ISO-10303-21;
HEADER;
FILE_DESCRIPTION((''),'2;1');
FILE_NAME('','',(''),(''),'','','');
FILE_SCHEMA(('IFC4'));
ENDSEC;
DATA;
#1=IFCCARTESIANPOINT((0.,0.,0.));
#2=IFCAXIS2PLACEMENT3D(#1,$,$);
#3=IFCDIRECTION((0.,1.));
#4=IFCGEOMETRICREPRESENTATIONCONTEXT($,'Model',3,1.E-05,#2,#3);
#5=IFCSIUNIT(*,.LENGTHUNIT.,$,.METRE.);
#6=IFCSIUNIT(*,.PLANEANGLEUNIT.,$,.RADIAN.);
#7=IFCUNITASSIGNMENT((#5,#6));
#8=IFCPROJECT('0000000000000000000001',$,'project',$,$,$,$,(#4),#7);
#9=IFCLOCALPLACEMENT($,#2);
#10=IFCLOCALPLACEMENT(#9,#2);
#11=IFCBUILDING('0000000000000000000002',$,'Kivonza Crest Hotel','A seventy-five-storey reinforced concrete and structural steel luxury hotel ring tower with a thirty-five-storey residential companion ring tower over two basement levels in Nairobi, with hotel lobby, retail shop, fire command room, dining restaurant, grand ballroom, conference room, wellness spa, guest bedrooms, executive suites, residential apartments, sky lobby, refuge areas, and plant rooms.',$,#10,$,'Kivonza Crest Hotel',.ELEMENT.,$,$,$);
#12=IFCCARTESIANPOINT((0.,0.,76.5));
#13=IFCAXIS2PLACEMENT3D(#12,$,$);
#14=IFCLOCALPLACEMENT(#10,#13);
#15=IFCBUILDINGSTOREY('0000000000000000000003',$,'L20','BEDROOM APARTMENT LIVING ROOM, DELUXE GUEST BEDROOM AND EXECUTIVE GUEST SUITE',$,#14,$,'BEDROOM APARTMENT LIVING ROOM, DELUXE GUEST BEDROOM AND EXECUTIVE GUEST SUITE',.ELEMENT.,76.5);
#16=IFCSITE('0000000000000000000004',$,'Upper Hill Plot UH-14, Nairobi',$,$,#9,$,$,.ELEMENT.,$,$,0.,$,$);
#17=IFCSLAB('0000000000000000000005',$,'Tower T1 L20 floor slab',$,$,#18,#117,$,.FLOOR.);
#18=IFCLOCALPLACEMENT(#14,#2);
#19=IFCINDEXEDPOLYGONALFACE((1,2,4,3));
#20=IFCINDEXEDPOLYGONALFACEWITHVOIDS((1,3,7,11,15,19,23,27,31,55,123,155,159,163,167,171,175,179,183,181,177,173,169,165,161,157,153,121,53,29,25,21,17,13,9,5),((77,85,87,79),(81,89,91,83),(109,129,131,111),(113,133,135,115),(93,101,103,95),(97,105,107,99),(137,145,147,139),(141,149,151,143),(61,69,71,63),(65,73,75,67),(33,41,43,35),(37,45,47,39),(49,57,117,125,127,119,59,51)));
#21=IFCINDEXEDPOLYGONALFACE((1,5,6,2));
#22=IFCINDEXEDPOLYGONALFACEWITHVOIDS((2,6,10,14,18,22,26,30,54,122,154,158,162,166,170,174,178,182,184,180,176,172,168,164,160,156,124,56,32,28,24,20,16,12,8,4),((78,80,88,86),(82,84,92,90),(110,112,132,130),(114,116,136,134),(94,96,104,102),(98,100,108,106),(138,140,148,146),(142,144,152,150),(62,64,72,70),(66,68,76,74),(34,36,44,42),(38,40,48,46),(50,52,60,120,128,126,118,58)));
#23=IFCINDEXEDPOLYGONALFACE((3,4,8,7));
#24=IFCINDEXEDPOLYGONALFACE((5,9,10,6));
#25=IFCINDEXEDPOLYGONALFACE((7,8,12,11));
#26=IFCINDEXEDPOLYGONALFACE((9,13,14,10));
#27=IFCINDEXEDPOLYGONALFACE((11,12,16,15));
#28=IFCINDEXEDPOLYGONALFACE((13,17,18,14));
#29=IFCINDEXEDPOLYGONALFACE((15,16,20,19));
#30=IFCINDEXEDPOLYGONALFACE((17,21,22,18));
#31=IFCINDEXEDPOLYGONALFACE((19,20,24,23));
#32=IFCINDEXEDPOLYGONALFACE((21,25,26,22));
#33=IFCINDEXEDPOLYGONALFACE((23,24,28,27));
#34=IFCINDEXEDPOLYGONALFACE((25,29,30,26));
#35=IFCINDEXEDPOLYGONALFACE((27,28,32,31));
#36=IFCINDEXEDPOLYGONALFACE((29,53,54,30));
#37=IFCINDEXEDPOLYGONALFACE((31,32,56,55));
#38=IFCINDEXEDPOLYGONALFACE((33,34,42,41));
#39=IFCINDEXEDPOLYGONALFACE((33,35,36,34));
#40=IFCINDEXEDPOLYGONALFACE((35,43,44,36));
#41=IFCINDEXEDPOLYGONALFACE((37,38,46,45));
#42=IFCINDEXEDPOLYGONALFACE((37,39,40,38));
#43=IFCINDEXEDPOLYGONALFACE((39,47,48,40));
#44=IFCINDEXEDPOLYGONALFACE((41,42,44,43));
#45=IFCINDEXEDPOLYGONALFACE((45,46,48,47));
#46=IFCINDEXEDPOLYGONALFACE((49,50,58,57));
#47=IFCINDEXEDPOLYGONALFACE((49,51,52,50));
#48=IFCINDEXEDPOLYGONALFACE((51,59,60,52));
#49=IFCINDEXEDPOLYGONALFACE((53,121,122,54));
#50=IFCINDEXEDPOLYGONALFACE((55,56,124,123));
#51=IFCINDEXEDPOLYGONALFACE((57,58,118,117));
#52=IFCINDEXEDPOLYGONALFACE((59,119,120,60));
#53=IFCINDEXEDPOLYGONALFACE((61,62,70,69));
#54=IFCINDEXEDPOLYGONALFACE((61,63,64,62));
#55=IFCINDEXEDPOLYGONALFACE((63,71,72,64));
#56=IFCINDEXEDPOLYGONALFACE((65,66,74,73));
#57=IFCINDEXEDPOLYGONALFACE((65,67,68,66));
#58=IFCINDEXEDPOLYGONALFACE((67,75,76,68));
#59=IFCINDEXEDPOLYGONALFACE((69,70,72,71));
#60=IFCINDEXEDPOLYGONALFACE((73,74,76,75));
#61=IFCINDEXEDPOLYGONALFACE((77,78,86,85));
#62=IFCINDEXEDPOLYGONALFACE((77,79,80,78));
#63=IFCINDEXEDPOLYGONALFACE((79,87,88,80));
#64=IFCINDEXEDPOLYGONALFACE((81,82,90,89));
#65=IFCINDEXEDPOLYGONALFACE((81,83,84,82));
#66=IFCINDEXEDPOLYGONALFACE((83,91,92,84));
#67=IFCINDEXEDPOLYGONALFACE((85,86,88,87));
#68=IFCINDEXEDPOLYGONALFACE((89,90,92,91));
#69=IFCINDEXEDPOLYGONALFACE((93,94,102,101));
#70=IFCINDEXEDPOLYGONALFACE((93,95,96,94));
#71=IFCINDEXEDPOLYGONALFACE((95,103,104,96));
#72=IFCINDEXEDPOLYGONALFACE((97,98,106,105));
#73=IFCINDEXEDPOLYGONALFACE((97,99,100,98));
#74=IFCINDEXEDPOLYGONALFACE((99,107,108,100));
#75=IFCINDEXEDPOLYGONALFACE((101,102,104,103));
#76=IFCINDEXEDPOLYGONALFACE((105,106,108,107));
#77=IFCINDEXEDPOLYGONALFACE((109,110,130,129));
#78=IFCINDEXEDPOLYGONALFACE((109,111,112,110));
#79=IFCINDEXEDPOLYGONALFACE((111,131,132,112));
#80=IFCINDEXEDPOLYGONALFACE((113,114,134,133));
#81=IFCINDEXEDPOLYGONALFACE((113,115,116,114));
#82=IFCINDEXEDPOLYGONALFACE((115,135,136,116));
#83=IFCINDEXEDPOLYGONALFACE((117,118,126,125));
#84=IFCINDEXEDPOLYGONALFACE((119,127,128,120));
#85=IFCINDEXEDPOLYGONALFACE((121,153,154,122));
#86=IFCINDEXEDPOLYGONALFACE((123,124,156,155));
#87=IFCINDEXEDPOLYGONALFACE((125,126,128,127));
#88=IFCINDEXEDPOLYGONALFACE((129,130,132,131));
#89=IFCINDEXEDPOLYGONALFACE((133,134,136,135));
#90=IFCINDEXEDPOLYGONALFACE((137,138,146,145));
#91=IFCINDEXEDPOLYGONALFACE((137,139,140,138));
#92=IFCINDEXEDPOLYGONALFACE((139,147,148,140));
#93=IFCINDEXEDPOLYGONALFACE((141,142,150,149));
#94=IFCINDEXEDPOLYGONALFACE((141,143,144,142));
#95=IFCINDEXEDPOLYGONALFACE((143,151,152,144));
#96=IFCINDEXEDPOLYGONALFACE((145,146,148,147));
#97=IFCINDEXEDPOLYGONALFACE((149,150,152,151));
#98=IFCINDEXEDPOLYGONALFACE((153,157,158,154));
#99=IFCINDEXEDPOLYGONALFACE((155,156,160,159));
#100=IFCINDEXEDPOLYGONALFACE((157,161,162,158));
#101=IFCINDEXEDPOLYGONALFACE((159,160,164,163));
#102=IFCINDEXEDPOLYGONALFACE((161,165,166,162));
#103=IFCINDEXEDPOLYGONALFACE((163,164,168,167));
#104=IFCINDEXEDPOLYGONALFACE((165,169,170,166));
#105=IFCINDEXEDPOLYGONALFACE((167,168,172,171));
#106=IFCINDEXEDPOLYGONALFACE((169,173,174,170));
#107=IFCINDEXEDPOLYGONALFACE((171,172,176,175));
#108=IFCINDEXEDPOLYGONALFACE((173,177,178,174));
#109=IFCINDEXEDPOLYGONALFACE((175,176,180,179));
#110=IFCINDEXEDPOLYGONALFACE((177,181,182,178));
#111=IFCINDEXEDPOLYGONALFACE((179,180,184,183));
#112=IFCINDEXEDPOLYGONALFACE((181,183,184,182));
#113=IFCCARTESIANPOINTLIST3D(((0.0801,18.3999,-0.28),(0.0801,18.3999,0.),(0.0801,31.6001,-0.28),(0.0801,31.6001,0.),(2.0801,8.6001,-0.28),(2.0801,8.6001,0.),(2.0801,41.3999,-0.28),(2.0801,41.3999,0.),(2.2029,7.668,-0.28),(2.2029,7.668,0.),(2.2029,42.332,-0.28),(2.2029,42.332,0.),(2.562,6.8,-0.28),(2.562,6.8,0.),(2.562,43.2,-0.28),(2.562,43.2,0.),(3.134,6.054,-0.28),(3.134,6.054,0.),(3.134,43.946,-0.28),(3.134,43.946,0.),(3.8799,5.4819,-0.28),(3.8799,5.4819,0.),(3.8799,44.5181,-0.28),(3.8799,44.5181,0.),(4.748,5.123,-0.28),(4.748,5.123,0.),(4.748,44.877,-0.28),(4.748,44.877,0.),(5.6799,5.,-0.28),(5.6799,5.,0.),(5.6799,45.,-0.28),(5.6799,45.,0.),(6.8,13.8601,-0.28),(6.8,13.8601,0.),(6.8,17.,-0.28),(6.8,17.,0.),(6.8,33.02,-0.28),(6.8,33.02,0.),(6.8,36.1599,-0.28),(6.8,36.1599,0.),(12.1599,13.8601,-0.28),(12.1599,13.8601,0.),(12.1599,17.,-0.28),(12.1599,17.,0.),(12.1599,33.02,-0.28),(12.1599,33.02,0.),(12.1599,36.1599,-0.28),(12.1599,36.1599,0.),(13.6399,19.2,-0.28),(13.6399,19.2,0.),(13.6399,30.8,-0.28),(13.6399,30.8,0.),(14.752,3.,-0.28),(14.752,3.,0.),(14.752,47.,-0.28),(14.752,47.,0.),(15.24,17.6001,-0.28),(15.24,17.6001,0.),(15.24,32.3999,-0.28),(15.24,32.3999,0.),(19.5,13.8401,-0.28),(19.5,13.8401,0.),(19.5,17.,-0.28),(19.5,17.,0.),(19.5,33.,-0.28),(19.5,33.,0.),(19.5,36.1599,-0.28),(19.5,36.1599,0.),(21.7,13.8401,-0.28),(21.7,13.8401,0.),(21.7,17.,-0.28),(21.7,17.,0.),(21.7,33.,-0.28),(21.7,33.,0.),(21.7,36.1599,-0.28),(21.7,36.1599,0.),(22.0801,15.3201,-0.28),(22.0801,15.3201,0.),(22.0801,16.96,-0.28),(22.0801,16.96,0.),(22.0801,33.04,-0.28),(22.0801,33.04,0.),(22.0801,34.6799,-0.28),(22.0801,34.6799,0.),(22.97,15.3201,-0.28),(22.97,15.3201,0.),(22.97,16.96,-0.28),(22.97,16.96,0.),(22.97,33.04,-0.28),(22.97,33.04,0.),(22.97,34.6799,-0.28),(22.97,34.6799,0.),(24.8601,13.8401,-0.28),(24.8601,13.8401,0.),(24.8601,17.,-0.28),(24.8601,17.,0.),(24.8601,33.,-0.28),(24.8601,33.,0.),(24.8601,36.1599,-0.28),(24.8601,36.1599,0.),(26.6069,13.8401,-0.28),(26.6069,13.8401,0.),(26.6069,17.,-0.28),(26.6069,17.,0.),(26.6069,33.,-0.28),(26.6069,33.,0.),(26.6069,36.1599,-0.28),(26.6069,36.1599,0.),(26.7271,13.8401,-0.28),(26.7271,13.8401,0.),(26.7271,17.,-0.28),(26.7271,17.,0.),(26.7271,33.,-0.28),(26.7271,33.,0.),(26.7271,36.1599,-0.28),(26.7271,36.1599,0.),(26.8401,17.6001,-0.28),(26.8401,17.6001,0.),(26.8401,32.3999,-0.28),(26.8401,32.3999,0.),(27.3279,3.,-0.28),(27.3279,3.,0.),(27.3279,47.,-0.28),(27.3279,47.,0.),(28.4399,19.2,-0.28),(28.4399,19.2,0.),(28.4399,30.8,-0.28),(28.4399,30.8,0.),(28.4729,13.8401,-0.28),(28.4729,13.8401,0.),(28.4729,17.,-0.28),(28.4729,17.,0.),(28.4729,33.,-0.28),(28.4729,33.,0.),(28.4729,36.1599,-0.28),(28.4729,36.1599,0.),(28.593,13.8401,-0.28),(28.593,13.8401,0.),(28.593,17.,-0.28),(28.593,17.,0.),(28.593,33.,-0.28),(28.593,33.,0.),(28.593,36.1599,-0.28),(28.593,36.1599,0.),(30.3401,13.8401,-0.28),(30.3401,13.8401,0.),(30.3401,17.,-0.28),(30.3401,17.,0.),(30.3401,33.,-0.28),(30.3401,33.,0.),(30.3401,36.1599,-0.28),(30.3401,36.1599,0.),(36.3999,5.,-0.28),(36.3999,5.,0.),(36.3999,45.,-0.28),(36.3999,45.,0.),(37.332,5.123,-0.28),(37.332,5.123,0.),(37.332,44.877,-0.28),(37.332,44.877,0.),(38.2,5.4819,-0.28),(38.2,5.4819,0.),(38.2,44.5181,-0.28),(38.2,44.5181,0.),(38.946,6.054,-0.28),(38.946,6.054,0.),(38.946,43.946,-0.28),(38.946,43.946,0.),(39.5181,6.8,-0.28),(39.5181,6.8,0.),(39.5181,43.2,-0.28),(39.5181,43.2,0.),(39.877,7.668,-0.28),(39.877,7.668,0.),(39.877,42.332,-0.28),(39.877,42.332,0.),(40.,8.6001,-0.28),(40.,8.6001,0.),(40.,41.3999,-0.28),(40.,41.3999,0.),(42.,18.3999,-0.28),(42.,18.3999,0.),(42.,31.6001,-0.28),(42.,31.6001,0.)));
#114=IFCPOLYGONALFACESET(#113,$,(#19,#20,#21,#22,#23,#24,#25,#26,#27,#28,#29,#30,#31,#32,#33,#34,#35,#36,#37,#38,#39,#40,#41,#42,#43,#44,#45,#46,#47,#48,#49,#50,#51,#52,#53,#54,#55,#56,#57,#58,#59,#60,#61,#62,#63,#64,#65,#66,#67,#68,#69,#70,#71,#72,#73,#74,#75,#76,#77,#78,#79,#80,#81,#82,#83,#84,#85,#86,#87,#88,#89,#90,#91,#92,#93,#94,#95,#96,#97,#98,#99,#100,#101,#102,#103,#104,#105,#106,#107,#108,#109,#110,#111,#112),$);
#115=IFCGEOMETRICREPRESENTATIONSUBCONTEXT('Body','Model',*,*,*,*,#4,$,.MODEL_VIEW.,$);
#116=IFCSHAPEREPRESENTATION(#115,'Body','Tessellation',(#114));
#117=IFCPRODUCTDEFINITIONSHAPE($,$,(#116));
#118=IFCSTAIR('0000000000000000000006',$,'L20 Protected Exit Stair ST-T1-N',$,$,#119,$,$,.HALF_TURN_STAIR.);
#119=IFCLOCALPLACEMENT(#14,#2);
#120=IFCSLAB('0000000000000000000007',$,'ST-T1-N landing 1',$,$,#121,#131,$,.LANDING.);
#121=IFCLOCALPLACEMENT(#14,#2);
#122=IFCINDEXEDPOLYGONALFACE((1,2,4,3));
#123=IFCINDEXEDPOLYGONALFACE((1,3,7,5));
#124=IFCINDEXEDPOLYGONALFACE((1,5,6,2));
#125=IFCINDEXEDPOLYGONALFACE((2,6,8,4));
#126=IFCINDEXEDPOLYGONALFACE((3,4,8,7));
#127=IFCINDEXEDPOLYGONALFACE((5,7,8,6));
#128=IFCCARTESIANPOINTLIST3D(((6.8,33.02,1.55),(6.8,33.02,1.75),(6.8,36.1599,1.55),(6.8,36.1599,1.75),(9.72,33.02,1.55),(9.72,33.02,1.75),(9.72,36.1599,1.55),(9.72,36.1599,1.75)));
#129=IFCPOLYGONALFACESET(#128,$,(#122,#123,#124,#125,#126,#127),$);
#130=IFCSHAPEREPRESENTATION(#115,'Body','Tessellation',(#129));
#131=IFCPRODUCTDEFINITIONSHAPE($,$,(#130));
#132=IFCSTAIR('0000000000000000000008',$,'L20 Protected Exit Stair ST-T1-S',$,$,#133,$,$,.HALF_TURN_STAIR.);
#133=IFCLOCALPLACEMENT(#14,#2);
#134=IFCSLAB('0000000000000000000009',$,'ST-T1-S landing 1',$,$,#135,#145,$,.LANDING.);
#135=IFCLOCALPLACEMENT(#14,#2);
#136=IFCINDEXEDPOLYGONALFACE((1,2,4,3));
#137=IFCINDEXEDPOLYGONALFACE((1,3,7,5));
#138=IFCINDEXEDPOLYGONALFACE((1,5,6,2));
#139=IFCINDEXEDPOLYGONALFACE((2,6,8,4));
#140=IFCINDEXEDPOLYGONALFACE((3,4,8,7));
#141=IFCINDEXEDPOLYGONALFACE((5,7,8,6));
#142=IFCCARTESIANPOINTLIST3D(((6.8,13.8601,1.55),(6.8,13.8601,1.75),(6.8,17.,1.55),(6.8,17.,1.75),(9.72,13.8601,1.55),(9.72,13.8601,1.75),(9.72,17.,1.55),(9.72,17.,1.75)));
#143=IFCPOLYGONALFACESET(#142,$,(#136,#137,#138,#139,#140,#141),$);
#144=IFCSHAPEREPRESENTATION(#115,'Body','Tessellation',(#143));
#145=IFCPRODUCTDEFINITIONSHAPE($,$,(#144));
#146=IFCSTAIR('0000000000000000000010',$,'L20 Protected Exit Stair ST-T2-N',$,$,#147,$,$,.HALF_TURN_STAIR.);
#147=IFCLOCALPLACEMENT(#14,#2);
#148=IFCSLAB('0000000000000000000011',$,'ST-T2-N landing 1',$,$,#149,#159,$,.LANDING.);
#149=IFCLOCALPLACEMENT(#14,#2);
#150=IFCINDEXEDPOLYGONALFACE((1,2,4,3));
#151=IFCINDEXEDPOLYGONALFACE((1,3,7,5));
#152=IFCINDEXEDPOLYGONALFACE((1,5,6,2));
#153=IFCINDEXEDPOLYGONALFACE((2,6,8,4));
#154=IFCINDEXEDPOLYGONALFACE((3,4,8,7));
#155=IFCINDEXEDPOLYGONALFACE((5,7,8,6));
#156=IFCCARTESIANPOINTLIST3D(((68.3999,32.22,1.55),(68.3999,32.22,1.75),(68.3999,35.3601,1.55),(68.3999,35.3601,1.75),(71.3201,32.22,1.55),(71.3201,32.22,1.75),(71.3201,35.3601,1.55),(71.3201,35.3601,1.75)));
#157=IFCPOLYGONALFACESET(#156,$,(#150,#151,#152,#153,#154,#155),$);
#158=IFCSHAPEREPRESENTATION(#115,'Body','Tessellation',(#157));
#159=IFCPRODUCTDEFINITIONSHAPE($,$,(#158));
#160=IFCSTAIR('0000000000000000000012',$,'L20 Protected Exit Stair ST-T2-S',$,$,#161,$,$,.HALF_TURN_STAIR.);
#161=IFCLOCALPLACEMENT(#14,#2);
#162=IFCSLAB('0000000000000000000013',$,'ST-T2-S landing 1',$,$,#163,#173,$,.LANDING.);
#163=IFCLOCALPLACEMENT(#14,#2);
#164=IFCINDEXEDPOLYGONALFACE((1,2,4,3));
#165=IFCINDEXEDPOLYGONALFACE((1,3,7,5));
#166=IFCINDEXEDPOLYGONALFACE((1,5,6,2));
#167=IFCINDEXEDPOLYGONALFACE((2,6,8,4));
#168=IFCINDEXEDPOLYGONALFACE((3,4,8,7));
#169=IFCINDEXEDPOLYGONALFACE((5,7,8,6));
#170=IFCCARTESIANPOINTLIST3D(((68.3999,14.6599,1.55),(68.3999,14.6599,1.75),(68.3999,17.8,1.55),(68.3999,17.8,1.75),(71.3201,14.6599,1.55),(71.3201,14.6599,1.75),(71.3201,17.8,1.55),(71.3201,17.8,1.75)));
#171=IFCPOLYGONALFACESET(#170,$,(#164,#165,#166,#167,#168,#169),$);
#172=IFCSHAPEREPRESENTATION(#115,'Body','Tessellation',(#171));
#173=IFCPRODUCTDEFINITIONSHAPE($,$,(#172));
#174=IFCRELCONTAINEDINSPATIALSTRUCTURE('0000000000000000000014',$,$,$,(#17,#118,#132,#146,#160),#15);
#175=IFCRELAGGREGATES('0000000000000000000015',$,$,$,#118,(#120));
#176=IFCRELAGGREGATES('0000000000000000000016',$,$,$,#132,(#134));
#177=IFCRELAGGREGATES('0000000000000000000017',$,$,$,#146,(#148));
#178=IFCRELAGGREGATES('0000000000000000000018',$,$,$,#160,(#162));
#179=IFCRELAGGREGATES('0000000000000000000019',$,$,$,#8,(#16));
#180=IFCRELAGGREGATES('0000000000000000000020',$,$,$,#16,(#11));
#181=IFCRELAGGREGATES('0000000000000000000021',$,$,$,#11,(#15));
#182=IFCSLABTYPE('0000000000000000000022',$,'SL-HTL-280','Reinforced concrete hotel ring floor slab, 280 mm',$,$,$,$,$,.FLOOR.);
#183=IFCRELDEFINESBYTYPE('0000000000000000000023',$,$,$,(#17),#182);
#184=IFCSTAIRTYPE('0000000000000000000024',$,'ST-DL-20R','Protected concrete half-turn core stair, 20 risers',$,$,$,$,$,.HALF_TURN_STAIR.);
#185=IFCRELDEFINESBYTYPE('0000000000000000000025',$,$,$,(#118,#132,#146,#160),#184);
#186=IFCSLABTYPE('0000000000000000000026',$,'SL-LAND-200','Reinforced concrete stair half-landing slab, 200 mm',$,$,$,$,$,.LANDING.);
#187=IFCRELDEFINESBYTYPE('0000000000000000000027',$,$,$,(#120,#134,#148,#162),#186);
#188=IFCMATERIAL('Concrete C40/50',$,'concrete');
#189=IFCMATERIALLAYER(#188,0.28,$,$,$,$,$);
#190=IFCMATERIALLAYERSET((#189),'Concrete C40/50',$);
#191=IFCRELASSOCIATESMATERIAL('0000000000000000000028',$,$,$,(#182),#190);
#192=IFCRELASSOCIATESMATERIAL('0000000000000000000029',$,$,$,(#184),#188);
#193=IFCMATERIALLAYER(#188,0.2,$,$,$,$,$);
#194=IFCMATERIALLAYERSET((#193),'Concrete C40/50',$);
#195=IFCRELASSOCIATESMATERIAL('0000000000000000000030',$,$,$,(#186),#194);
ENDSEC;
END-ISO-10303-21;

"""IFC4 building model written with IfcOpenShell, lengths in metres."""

from ifc_helpers import new_model, si_unit, direction, frame, origin, place, context, subcontext, project, spatial, polyline, outline, extrude, material, layer, layer_set, type_object, element, aggregate, save


model = new_model("IFC4")

# Units and contexts
model_context = context("Model", 3, precision=1e-05, world=origin(), true_north=direction((0.0, 1.0)))
body_context = subcontext(model_context, "Body", "Model", "MODEL_VIEW")
ifc_project = project(units=[si_unit("LENGTHUNIT", "METRE"), si_unit("PLANEANGLEUNIT", "RADIAN")], contexts=[model_context])

# Site, building, storey
site_placement = place(None, origin())
site = spatial("IfcSite", under=ifc_project, at=site_placement, Name="Upper Hill Plot UH-14, Nairobi", CompositionType="ELEMENT", RefElevation=0.0)
building_placement = place(site_placement, origin())
building = spatial("IfcBuilding", under=site, at=building_placement, Name="Kivonza Crest Hotel", Description="A seventy-five-storey reinforced concrete and structural steel luxury hotel ring tower with a thirty-five-storey residential companion ring tower over two basement levels in Nairobi, with hotel lobby, retail shop, fire command room, dining restaurant, grand ballroom, conference room, wellness spa, guest bedrooms, executive suites, residential apartments, sky lobby, refuge areas, and plant rooms.", LongName="Kivonza Crest Hotel", CompositionType="ELEMENT")
storey_placement = place(building_placement, frame((0.0, 0.0, 76.5)))
storey = spatial("IfcBuildingStorey", under=building, at=storey_placement, Name="L20", Description="BEDROOM APARTMENT LIVING ROOM, DELUXE GUEST BEDROOM AND EXECUTIVE GUEST SUITE", LongName="BEDROOM APARTMENT LIVING ROOM, DELUXE GUEST BEDROOM AND EXECUTIVE GUEST SUITE", CompositionType="ELEMENT", Elevation=76.5)

# Slab
ifc_material_1 = material(Name="Concrete C40/50", Category="concrete")
ifc_layer_1 = layer(ifc_material_1, 0.28)
ifc_layer_set_1 = layer_set([ifc_layer_1], Name="Concrete C40/50")
slab_type_1 = type_object("IfcSlabType", Name="SL-HTL-280", Description="Reinforced concrete hotel ring floor slab, 280 mm", PredefinedType="FLOOR", material=ifc_layer_set_1)
slab_1_placement = place(storey_placement, frame((0.0, 0.0, -0.28)))
element("IfcSlab", 1, at=slab_1_placement, inside=storey, type_object=slab_type_1, Name="Tower T1 L20 floor slab", PredefinedType="FLOOR", context=body_context, shape_type="SweptSolid", body=[
    extrude(outline(polyline([(2.0801, 8.6001), (2.2029, 7.668), (2.562, 6.8), (3.134, 6.054), (3.8799, 5.4819), (4.748, 5.123), (5.6799, 5.0), (14.752, 3.0), (27.3279, 3.0), (36.3999, 5.0), (37.332, 5.123), (38.2, 5.4819), (38.946, 6.054), (39.5181, 6.8), (39.877, 7.668), (40.0, 8.6001), (42.0, 18.3999), (42.0, 31.6001), (40.0, 41.3999), (39.877, 42.332), (39.5181, 43.2), (38.946, 43.946), (38.2, 44.5181), (37.332, 44.877), (36.3999, 45.0), (27.3279, 47.0), (14.752, 47.0), (5.6799, 45.0), (4.748, 44.877), (3.8799, 44.5181), (3.134, 43.946), (2.562, 43.2), (2.2029, 42.332), (2.0801, 41.3999), (0.0801, 31.6001), (0.0801, 18.3999), (2.0801, 8.6001)]), holes=[polyline([(15.24, 17.6001), (26.8401, 17.6001), (28.4399, 19.2), (28.4399, 30.8), (26.8401, 32.3999), (15.24, 32.3999), (13.6399, 30.8), (13.6399, 19.2), (15.24, 17.6001)]), polyline([(6.8, 33.02), (12.1599, 33.02), (12.1599, 36.1599), (6.8, 36.1599), (6.8, 33.02)]), polyline([(6.8, 13.8601), (12.1599, 13.8601), (12.1599, 17.0), (6.8, 17.0), (6.8, 13.8601)]), polyline([(22.0801, 33.04), (22.97, 33.04), (22.97, 34.6799), (22.0801, 34.6799), (22.0801, 33.04)]), polyline([(22.0801, 15.3201), (22.97, 15.3201), (22.97, 16.96), (22.0801, 16.96), (22.0801, 15.3201)]), polyline([(19.5, 33.0), (21.7, 33.0), (21.7, 36.1599), (19.5, 36.1599), (19.5, 33.0)]), polyline([(24.8601, 33.0), (26.6069, 33.0), (26.6069, 36.1599), (24.8601, 36.1599), (24.8601, 33.0)]), polyline([(26.7271, 33.0), (28.4729, 33.0), (28.4729, 36.1599), (26.7271, 36.1599), (26.7271, 33.0)]), polyline([(28.593, 33.0), (30.3401, 33.0), (30.3401, 36.1599), (28.593, 36.1599), (28.593, 33.0)]), polyline([(19.5, 13.8401), (21.7, 13.8401), (21.7, 17.0), (19.5, 17.0), (19.5, 13.8401)]), polyline([(24.8601, 13.8401), (26.6069, 13.8401), (26.6069, 17.0), (24.8601, 17.0), (24.8601, 13.8401)]), polyline([(26.7271, 13.8401), (28.4729, 13.8401), (28.4729, 17.0), (26.7271, 17.0), (26.7271, 13.8401)]), polyline([(28.593, 13.8401), (30.3401, 13.8401), (30.3401, 17.0), (28.593, 17.0), (28.593, 13.8401)])]), origin(), (0.0, 0.0, 1.0), 0.28),
])

# Stairs, slabs
stair_type = type_object("IfcStairType", Name="ST-DL-20R", Description="Protected concrete half-turn core stair, 20 risers", PredefinedType="HALF_TURN_STAIR", material=ifc_material_1)
stair_1_placement = place(storey_placement, origin())
stair_1 = element("IfcStair", 2, at=stair_1_placement, inside=storey, type_object=stair_type, Name="L20 Protected Exit Stair ST-T1-N", PredefinedType="HALF_TURN_STAIR")
ifc_layer_2 = layer(ifc_material_1, 0.2)
ifc_layer_set_2 = layer_set([ifc_layer_2], Name="Concrete C40/50")
slab_type_2 = type_object("IfcSlabType", Name="SL-LAND-200", Description="Reinforced concrete stair half-landing slab, 200 mm", PredefinedType="LANDING", material=ifc_layer_set_2)
slab_2_placement = place(storey_placement, frame((0.0, 0.0, 1.55)))
slab_2 = element("IfcSlab", 3, at=slab_2_placement, type_object=slab_type_2, Name="ST-T1-N landing 1", PredefinedType="LANDING", context=body_context, shape_type="SweptSolid", body=[
    extrude(outline(polyline([(9.72, 36.1599), (6.8, 36.1599), (6.8, 33.02), (9.72, 33.02), (9.72, 36.1599)])), origin(), (0.0, 0.0, 1.0), 0.2),
])
aggregate(stair_1, [slab_2])
stair_2_placement = place(storey_placement, origin())
stair_2 = element("IfcStair", 4, at=stair_2_placement, inside=storey, type_object=stair_type, Name="L20 Protected Exit Stair ST-T1-S", PredefinedType="HALF_TURN_STAIR")
slab_3_placement = place(storey_placement, frame((0.0, 0.0, 1.55)))
slab_3 = element("IfcSlab", 5, at=slab_3_placement, type_object=slab_type_2, Name="ST-T1-S landing 1", PredefinedType="LANDING", context=body_context, shape_type="SweptSolid", body=[
    extrude(outline(polyline([(9.72, 17.0), (6.8, 17.0), (6.8, 13.8601), (9.72, 13.8601), (9.72, 17.0)])), origin(), (0.0, 0.0, 1.0), 0.2),
])
aggregate(stair_2, [slab_3])
stair_3_placement = place(storey_placement, origin())
stair_3 = element("IfcStair", 6, at=stair_3_placement, inside=storey, type_object=stair_type, Name="L20 Protected Exit Stair ST-T2-N", PredefinedType="HALF_TURN_STAIR")
slab_4_placement = place(storey_placement, frame((0.0, 0.0, 1.55)))
slab_4 = element("IfcSlab", 7, at=slab_4_placement, type_object=slab_type_2, Name="ST-T2-N landing 1", PredefinedType="LANDING", context=body_context, shape_type="SweptSolid", body=[
    extrude(outline(polyline([(71.3201, 35.3601), (68.3999, 35.3601), (68.3999, 32.22), (71.3201, 32.22), (71.3201, 35.3601)])), origin(), (0.0, 0.0, 1.0), 0.2),
])
aggregate(stair_3, [slab_4])
stair_4_placement = place(storey_placement, origin())
stair_4 = element("IfcStair", 8, at=stair_4_placement, inside=storey, type_object=stair_type, Name="L20 Protected Exit Stair ST-T2-S", PredefinedType="HALF_TURN_STAIR")
slab_5_placement = place(storey_placement, frame((0.0, 0.0, 1.55)))
slab_5 = element("IfcSlab", 9, at=slab_5_placement, type_object=slab_type_2, Name="ST-T2-S landing 1", PredefinedType="LANDING", context=body_context, shape_type="SweptSolid", body=[
    extrude(outline(polyline([(71.3201, 17.8), (68.3999, 17.8), (68.3999, 14.6599), (71.3201, 14.6599), (71.3201, 17.8)])), origin(), (0.0, 0.0, 1.0), 0.2),
])
aggregate(stair_4, [slab_5])

save(model, "model.ifc")
